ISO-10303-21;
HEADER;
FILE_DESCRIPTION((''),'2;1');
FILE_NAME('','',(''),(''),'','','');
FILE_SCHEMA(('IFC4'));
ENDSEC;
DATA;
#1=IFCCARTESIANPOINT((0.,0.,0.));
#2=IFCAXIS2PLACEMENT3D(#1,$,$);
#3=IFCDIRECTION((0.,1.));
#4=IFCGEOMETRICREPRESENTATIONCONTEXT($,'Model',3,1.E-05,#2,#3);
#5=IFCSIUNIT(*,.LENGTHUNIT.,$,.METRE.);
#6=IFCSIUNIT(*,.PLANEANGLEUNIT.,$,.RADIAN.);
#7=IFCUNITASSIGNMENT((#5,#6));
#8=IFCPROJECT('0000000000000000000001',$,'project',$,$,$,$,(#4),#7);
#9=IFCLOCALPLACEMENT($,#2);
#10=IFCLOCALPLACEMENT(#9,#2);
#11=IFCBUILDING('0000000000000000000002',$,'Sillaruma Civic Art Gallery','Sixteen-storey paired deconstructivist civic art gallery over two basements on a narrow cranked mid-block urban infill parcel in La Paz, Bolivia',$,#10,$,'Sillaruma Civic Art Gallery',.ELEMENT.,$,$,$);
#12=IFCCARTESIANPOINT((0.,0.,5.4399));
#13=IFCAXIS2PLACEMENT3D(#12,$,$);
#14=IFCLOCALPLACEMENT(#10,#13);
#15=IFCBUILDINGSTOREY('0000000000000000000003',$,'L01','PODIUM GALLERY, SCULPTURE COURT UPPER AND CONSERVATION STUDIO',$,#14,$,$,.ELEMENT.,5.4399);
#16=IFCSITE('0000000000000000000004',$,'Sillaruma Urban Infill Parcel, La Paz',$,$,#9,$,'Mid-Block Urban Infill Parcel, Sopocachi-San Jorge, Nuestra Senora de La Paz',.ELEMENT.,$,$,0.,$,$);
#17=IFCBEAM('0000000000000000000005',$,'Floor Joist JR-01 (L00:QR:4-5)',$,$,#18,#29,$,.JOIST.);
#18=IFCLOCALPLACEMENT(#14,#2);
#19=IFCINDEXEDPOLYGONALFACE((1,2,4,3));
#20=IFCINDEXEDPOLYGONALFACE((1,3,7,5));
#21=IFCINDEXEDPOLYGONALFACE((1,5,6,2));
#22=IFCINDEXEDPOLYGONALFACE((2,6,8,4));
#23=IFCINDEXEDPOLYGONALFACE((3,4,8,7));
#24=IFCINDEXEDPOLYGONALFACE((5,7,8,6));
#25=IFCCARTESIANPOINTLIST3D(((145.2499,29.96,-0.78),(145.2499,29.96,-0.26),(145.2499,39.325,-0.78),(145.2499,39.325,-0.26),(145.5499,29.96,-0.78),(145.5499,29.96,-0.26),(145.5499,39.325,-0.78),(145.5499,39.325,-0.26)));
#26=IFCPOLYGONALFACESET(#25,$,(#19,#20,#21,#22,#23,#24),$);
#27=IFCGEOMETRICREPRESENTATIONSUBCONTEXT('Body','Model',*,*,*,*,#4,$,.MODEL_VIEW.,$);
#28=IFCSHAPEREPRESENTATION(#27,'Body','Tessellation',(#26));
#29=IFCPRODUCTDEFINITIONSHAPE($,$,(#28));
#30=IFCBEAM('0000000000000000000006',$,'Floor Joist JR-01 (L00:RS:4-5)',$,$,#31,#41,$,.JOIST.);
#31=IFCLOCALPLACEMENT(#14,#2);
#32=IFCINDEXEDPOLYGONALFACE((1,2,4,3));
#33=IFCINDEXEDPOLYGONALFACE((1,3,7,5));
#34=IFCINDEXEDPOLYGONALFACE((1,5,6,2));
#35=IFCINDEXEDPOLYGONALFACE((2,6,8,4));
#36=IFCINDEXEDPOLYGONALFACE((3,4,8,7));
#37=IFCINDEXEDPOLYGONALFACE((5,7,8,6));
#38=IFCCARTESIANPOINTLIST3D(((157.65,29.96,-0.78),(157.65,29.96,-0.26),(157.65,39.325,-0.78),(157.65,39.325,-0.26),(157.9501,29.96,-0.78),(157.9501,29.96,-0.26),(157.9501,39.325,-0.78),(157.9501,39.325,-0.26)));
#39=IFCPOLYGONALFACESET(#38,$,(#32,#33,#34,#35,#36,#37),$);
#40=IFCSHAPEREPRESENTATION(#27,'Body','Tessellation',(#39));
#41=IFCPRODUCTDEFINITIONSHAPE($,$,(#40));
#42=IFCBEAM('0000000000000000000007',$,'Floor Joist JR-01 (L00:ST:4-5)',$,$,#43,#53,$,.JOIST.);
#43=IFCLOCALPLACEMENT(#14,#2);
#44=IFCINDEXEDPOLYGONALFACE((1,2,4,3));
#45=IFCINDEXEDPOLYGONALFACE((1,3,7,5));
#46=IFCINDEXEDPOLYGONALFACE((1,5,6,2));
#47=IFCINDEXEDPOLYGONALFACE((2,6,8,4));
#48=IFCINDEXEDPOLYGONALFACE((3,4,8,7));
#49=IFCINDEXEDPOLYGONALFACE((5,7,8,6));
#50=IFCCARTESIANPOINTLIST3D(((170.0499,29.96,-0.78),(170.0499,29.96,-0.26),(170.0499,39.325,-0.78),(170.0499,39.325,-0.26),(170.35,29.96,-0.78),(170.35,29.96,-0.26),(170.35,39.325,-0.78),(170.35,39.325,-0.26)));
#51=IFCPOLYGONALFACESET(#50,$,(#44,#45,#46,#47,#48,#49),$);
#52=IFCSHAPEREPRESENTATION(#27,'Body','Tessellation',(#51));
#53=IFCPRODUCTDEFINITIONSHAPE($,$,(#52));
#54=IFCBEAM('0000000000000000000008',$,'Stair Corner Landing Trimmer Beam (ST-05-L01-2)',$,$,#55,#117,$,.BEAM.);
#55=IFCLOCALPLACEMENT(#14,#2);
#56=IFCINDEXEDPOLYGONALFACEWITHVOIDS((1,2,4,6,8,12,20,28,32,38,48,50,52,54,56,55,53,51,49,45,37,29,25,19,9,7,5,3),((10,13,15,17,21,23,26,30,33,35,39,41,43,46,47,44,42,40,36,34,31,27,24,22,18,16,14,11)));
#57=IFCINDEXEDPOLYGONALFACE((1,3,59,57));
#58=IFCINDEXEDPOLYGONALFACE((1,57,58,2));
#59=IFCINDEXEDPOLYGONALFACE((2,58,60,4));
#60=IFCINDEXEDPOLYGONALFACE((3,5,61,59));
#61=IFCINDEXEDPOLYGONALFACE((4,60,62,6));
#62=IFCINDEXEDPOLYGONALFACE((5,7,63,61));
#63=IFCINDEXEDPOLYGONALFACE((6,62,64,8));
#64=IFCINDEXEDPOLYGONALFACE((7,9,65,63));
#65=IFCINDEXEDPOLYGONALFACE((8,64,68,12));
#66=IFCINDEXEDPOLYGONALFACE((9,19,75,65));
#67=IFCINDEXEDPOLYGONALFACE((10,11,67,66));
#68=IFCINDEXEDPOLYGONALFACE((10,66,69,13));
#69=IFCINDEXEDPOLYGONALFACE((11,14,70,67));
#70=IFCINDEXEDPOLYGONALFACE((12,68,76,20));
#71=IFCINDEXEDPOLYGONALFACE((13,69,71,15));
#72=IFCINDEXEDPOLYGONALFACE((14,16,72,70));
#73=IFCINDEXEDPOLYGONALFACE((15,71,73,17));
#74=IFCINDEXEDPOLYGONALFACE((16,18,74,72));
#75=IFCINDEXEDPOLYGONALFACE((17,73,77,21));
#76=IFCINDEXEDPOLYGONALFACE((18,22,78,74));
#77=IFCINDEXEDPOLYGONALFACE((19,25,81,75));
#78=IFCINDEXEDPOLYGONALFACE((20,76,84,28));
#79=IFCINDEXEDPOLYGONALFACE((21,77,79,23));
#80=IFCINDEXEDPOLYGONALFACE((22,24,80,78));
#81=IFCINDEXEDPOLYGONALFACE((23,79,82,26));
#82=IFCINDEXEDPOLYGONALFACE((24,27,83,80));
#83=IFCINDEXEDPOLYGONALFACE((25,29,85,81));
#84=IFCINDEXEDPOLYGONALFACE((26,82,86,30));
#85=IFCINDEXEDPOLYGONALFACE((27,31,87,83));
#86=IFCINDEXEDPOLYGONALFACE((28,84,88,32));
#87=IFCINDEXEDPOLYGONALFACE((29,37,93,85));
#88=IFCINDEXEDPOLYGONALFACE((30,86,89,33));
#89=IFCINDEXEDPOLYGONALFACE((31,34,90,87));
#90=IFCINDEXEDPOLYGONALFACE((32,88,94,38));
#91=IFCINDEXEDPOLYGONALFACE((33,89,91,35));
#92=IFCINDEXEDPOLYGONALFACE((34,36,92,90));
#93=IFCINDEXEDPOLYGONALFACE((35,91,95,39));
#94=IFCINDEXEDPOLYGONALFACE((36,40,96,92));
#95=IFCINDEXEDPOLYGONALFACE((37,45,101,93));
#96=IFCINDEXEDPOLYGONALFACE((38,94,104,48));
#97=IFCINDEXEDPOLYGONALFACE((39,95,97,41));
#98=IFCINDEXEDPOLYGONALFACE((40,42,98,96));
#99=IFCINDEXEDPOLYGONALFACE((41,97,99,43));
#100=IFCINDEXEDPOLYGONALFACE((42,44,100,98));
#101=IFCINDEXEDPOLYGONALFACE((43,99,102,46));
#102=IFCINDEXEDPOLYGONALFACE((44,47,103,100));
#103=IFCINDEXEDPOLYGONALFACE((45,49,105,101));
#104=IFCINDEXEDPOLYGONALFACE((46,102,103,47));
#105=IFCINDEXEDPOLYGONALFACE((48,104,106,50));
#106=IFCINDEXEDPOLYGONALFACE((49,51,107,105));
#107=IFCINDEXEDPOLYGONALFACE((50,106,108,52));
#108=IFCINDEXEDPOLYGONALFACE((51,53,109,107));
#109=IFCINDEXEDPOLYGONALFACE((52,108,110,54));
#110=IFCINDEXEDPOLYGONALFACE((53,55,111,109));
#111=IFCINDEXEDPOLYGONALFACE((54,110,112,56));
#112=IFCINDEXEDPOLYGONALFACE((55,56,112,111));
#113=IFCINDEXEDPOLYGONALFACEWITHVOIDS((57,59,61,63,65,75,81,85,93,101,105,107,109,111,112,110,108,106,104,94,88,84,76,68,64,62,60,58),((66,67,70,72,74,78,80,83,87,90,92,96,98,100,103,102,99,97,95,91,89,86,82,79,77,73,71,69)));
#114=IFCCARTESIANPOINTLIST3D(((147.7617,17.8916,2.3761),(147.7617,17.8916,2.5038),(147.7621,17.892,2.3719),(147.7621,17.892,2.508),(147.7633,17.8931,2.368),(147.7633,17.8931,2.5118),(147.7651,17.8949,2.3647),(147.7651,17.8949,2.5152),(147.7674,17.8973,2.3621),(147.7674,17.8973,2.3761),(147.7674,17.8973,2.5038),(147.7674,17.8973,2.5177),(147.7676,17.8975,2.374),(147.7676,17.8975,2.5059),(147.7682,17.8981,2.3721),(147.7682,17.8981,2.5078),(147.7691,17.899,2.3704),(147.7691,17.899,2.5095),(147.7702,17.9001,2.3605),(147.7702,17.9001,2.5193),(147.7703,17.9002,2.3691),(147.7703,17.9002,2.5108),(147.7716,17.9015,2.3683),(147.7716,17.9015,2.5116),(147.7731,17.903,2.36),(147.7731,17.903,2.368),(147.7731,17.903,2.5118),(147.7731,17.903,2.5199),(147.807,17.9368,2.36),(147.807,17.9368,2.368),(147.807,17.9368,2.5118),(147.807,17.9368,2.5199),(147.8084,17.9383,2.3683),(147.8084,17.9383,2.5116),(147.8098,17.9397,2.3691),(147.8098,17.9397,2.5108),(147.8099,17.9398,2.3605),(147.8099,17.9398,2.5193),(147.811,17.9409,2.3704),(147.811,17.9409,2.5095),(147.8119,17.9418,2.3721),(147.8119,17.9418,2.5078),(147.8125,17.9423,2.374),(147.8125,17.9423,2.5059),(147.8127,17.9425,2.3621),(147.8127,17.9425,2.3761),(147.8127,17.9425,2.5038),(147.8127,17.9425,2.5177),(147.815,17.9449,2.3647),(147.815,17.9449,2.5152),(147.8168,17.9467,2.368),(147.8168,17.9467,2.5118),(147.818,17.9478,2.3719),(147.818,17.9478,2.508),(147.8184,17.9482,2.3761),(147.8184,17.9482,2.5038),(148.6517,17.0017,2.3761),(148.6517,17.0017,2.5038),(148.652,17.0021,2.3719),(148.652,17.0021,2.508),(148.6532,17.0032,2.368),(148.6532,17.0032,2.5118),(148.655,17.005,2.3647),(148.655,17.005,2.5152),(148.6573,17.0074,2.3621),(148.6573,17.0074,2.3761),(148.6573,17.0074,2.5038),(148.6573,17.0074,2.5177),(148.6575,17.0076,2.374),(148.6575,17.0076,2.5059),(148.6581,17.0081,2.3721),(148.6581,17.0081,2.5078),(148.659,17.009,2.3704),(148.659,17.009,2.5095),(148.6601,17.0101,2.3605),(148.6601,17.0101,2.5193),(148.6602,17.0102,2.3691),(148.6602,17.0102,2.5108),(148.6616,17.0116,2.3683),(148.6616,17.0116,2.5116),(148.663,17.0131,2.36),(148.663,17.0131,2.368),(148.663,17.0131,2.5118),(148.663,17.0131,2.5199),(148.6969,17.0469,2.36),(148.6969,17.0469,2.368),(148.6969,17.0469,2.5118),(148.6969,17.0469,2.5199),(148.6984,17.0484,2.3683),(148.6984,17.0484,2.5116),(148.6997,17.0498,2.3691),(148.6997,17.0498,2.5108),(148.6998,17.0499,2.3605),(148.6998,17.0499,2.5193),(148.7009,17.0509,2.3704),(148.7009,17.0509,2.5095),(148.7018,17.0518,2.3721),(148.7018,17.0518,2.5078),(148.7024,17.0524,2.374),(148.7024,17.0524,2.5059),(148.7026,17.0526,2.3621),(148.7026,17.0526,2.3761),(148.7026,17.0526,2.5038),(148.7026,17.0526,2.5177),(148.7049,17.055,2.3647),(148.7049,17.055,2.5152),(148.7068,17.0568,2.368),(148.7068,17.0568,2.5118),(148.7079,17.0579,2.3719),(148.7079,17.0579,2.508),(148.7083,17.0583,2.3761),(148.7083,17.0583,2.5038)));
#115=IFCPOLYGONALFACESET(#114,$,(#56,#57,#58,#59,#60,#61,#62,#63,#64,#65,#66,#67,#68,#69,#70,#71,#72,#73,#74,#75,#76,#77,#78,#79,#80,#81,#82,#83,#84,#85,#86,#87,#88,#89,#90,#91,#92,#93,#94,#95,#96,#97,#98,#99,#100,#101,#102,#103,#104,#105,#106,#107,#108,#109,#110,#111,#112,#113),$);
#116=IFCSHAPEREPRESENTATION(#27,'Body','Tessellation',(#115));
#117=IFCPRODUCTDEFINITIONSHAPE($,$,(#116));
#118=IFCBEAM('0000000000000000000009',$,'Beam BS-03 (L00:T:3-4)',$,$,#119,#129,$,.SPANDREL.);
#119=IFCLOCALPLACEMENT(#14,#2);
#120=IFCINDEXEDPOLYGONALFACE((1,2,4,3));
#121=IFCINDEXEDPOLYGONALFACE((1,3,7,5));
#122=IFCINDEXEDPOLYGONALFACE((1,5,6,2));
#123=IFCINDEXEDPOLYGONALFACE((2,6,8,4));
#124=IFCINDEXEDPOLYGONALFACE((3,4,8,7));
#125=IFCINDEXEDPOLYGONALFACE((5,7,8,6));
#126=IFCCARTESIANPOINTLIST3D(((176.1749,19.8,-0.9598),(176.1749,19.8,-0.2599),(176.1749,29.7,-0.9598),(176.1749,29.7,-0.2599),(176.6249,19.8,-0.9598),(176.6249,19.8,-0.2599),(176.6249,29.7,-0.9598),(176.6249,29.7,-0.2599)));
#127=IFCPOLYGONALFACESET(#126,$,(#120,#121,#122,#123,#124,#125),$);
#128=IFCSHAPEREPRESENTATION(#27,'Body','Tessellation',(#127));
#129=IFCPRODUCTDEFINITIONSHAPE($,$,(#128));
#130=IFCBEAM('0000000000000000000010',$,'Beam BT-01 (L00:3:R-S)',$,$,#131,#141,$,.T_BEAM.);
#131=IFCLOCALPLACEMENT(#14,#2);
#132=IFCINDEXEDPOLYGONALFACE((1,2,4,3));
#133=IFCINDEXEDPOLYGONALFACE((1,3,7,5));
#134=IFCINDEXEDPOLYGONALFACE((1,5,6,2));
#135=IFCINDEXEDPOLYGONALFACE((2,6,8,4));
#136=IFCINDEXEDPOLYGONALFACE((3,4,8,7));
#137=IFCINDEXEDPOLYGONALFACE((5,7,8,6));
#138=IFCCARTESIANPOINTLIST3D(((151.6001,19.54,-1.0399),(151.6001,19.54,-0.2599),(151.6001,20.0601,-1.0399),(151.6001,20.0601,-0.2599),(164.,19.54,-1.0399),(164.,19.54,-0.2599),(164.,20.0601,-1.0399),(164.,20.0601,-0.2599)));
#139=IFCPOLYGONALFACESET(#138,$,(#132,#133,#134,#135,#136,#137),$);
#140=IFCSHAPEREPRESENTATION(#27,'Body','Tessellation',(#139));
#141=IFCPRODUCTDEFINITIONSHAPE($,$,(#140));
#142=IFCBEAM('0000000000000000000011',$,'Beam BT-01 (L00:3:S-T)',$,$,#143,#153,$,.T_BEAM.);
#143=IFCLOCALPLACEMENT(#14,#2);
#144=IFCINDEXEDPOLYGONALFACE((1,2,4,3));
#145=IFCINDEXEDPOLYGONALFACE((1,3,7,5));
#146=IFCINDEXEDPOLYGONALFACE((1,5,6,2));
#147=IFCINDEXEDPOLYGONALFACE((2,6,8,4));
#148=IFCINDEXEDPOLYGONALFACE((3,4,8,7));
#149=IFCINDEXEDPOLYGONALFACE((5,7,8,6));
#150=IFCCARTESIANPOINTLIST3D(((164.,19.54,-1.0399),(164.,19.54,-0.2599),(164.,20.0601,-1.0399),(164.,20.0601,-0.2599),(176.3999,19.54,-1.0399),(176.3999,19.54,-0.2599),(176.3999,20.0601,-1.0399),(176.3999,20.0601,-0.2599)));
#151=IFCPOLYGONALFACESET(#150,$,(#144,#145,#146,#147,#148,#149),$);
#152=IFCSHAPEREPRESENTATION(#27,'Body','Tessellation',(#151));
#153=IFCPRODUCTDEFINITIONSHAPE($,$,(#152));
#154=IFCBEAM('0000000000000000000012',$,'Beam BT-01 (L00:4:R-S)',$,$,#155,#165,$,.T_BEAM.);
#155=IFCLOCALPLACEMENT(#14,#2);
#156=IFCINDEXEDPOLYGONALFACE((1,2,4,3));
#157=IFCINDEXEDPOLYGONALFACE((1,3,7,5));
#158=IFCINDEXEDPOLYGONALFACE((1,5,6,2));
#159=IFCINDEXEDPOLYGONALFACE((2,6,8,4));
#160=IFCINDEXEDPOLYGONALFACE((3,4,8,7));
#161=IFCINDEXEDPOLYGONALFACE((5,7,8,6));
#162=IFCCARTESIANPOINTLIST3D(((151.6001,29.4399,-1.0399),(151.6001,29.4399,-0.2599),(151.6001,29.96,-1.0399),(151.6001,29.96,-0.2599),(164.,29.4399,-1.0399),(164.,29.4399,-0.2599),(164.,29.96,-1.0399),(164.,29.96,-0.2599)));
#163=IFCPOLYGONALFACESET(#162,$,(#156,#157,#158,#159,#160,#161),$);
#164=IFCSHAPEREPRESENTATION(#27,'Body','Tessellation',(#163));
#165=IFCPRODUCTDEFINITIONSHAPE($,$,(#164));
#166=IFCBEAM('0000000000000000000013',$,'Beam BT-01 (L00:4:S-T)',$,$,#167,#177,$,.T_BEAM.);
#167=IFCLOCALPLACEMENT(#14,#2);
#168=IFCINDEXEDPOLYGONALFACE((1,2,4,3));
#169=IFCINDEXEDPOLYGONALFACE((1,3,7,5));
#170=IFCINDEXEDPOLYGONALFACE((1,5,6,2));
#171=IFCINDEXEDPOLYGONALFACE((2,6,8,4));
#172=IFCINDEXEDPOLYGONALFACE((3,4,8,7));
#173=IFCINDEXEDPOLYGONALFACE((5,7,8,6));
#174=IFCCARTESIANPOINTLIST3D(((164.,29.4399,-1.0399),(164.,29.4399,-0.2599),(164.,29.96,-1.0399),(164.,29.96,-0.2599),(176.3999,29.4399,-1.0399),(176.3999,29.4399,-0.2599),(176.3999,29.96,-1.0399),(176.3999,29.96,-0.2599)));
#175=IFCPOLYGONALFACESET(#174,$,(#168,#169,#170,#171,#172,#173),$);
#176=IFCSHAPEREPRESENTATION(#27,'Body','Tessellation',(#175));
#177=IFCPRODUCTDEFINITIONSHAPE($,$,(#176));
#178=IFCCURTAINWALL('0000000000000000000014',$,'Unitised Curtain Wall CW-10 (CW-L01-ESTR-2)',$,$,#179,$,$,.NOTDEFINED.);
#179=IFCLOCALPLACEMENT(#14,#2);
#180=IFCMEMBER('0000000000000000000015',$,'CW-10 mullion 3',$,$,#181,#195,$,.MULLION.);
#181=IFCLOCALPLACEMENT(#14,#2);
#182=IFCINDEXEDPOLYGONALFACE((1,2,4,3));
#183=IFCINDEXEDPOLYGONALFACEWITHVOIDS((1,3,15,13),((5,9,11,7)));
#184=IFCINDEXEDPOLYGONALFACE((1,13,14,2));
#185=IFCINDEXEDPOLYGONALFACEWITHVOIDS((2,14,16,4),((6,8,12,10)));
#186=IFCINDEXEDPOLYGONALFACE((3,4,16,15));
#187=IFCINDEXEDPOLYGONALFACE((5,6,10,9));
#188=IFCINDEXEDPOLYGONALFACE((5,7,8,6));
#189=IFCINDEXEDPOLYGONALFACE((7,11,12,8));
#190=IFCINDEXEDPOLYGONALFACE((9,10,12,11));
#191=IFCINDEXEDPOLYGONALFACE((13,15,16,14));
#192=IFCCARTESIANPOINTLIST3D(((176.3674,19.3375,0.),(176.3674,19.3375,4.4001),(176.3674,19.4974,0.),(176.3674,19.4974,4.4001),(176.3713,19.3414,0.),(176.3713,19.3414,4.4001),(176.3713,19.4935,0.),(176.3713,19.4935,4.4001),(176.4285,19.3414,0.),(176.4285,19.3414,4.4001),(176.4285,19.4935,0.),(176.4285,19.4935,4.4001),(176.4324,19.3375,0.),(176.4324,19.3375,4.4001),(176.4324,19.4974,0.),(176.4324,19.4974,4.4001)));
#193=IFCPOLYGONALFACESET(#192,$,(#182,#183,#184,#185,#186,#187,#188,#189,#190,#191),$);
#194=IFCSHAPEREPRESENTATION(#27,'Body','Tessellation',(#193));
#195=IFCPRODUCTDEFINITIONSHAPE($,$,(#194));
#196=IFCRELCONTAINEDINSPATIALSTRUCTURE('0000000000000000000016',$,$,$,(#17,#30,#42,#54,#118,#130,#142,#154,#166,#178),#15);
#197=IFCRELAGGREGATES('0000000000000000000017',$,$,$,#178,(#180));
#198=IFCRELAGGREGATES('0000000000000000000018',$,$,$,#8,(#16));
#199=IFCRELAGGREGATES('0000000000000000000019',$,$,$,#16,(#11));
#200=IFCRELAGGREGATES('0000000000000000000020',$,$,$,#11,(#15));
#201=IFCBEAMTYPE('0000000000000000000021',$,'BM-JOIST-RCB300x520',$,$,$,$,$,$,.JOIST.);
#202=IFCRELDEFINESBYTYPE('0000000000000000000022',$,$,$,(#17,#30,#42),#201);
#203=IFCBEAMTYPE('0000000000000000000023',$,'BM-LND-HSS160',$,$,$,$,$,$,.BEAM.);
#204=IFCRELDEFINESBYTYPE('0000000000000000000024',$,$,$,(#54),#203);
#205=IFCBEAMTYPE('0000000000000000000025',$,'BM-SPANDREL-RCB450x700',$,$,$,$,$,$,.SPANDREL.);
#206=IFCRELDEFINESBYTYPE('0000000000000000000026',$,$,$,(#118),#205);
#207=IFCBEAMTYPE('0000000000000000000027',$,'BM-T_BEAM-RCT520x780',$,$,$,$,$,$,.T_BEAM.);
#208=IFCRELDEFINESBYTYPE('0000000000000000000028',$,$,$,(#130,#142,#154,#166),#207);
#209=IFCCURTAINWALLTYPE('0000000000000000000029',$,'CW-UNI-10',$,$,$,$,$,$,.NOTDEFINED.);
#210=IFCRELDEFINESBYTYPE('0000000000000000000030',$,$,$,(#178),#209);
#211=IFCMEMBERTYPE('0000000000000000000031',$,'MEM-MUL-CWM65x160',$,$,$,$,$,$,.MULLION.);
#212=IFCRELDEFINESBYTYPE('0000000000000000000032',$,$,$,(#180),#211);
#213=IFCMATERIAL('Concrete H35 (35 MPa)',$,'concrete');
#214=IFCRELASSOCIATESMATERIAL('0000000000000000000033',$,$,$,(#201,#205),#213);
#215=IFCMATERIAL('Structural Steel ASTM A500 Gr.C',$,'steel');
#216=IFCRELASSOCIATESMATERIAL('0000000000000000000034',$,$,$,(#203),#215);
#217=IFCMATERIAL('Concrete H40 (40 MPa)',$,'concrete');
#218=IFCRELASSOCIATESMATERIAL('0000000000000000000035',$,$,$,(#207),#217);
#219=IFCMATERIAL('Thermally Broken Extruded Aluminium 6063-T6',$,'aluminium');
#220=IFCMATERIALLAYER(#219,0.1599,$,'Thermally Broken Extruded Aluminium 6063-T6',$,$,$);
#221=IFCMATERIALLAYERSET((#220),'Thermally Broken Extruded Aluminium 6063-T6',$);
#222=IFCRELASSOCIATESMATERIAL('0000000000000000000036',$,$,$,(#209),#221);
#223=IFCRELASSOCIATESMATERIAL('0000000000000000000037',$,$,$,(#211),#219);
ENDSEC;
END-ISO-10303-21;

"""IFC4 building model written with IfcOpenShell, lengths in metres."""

from ifc_helpers import new_model, si_unit, direction, frame, origin, origin_2d, place, context, subcontext, project, spatial, rectangle, hollow_rectangle, extrude, material, layer, layer_set, material_profile, profile_set, type_object, element, aggregate, save


model = new_model("IFC4")

# Units and contexts
model_context = context("Model", 3, precision=1e-05, world=origin(), true_north=direction((0.0, 1.0)))
body_context = subcontext(model_context, "Body", "Model", "MODEL_VIEW")
ifc_project = project(units=[si_unit("LENGTHUNIT", "METRE"), si_unit("PLANEANGLEUNIT", "RADIAN")], contexts=[model_context])

# Site, building, storey
site_placement = place(None, origin())
site = spatial("IfcSite", under=ifc_project, at=site_placement, Name="Sillaruma Urban Infill Parcel, La Paz", LongName="Mid-Block Urban Infill Parcel, Sopocachi-San Jorge, Nuestra Senora de La Paz", CompositionType="ELEMENT", RefElevation=0.0)
building_placement = place(site_placement, origin())
building = spatial("IfcBuilding", under=site, at=building_placement, Name="Sillaruma Civic Art Gallery", Description="Sixteen-storey paired deconstructivist civic art gallery over two basements on a narrow cranked mid-block urban infill parcel in La Paz, Bolivia", LongName="Sillaruma Civic Art Gallery", CompositionType="ELEMENT")
storey_placement = place(building_placement, frame((0.0, 0.0, 5.4399)))
storey = spatial("IfcBuildingStorey", under=building, at=storey_placement, Name="L01", Description="PODIUM GALLERY, SCULPTURE COURT UPPER AND CONSERVATION STUDIO", CompositionType="ELEMENT", Elevation=5.4399)

# Shared definitions
ifc_material_1 = material(Name="Concrete H40 (40 MPa)", Category="concrete")

# Beams
ifc_material_2 = material(Name="Concrete H35 (35 MPa)", Category="concrete")
ifc_material_profile_1 = material_profile(ifc_material_2, rectangle(XDim=0.3, YDim=0.52, at=origin_2d()), Name="RCB300x520")
ifc_profile_set_1 = profile_set([ifc_material_profile_1], Name="Concrete H35 (35 MPa)")
beam_type_1 = type_object("IfcBeamType", Name="BM-JOIST-RCB300x520", PredefinedType="JOIST", material=ifc_profile_set_1)
for number, where, z_axis, x_axis, name in (
    (1, (145.3999, 29.96, -0.52), (0.0, 1.0, 0.0), (-1.0, 0.0, 0.0), "Floor Joist JR-01 (L00:QR:4-5)"),
    (2, (157.8, 29.96, -0.52), (0.0, 1.0, 0.0), (-1.0, 0.0, 0.0), "Floor Joist JR-01 (L00:RS:4-5)"),
    (3, (170.2, 29.96, -0.52), (0.0, 1.0, 0.0), (-1.0, 0.0, 0.0), "Floor Joist JR-01 (L00:ST:4-5)"),
):
    element("IfcBeam", number, at=place(storey_placement, frame(where, z_axis=z_axis, x_axis=x_axis)), inside=storey, type_object=beam_type_1, Name=name, PredefinedType="JOIST", context=body_context, shape_type="SweptSolid", body=[
        extrude(rectangle(XDim=0.3, YDim=0.52, at=origin_2d()), origin(), (0.0, 0.0, 1.0), 9.365),
    ])
ifc_material_3 = material(Name="Structural Steel ASTM A500 Gr.C", Category="steel")
ifc_material_profile_2 = material_profile(ifc_material_3, hollow_rectangle(XDim=0.0801, YDim=0.1599, WallThickness=0.0081, InnerFilletRadius=0.0081, OuterFilletRadius=0.0161, at=origin_2d()), Name="HSS160x80x8")
ifc_profile_set_2 = profile_set([ifc_material_profile_2], Name="Structural Steel ASTM A500 Gr.C")
beam_type_2 = type_object("IfcBeamType", Name="BM-LND-HSS160", PredefinedType="BEAM", material=ifc_profile_set_2)
beam_1_placement = place(storey_placement, frame((147.79, 17.9199, 2.4399), z_axis=(0.707107, -0.707107, 0.0), x_axis=(0.707107, 0.707107, 0.0)))
element("IfcBeam", 4, at=beam_1_placement, inside=storey, type_object=beam_type_2, Name="Stair Corner Landing Trimmer Beam (ST-05-L01-2)", PredefinedType="BEAM", context=body_context, shape_type="SweptSolid", body=[
    extrude(hollow_rectangle(XDim=0.0801, YDim=0.1599, WallThickness=0.0081, InnerFilletRadius=0.0081, OuterFilletRadius=0.0161, at=origin_2d()), origin(), (0.0, 0.0, 1.0), 1.2585),
])
ifc_material_profile_3 = material_profile(ifc_material_2, rectangle(XDim=0.45, YDim=0.7, at=origin_2d()), Name="RCB450x700")
ifc_profile_set_3 = profile_set([ifc_material_profile_3], Name="Concrete H35 (35 MPa)")
beam_type_3 = type_object("IfcBeamType", Name="BM-SPANDREL-RCB450x700", PredefinedType="SPANDREL", material=ifc_profile_set_3)
beam_2_placement = place(storey_placement, frame((176.3999, 19.8, -0.6099), z_axis=(0.0, 1.0, 0.0), x_axis=(-1.0, 0.0, 0.0)))
element("IfcBeam", 5, at=beam_2_placement, inside=storey, type_object=beam_type_3, Name="Beam BS-03 (L00:T:3-4)", PredefinedType="SPANDREL", context=body_context, shape_type="SweptSolid", body=[
    extrude(rectangle(XDim=0.45, YDim=0.7, at=origin_2d()), origin(), (0.0, 0.0, 1.0), 9.8999),
])
ifc_material_profile_4 = material_profile(ifc_material_1, rectangle(XDim=0.52, YDim=0.78, at=origin_2d()), Name="RCT520x780")
ifc_profile_set_4 = profile_set([ifc_material_profile_4], Name="Concrete H40 (40 MPa)")
beam_type_4 = type_object("IfcBeamType", Name="BM-T_BEAM-RCT520x780", PredefinedType="T_BEAM", material=ifc_profile_set_4)
for number, where, z_axis, x_axis, name in (
    (6, (151.6001, 19.8, -0.6499), (1.0, 0.0, 0.0), (0.0, 1.0, 0.0), "Beam BT-01 (L00:3:R-S)"),
    (7, (164.0, 19.8, -0.6499), (1.0, 0.0, 0.0), (0.0, 1.0, 0.0), "Beam BT-01 (L00:3:S-T)"),
    (8, (151.6001, 29.7, -0.6499), (1.0, 0.0, 0.0), (0.0, 1.0, 0.0), "Beam BT-01 (L00:4:R-S)"),
    (9, (164.0, 29.7, -0.6499), (1.0, 0.0, 0.0), (0.0, 1.0, 0.0), "Beam BT-01 (L00:4:S-T)"),
):
    element("IfcBeam", number, at=place(storey_placement, frame(where, z_axis=z_axis, x_axis=x_axis)), inside=storey, type_object=beam_type_4, Name=name, PredefinedType="T_BEAM", context=body_context, shape_type="SweptSolid", body=[
        extrude(rectangle(XDim=0.52, YDim=0.78, at=origin_2d()), origin(), (0.0, 0.0, 1.0), 12.3999),
    ])

# Curtain wall, member
ifc_material_4 = material(Name="Thermally Broken Extruded Aluminium 6063-T6", Category="aluminium")
ifc_layer_1 = layer(ifc_material_4, 0.1599, Name="Thermally Broken Extruded Aluminium 6063-T6")
ifc_layer_set_1 = layer_set([ifc_layer_1], Name="Thermally Broken Extruded Aluminium 6063-T6")
curtain_wall_type = type_object("IfcCurtainWallType", Name="CW-UNI-10", PredefinedType="NOTDEFINED", material=ifc_layer_set_1)
curtain_wall_placement = place(storey_placement, origin())
curtain_wall = element("IfcCurtainWall", 10, at=curtain_wall_placement, inside=storey, type_object=curtain_wall_type, Name="Unitised Curtain Wall CW-10 (CW-L01-ESTR-2)", PredefinedType="NOTDEFINED")
ifc_material_profile_5 = material_profile(ifc_material_4, hollow_rectangle(XDim=0.0649, YDim=0.1599, WallThickness=0.0039, at=origin_2d()), Name="CWM65x160")
ifc_profile_set_5 = profile_set([ifc_material_profile_5], Name="Thermally Broken Extruded Aluminium 6063-T6")
member_type = type_object("IfcMemberType", Name="MEM-MUL-CWM65x160", PredefinedType="MULLION", material=ifc_profile_set_5)
member_placement = place(storey_placement, frame((176.3999, 19.4175, 0.0), z_axis=(0.0, 0.0, 1.0), x_axis=(-1.0, 0.0, 0.0)))
member = element("IfcMember", 11, at=member_placement, type_object=member_type, Name="CW-10 mullion 3", PredefinedType="MULLION", context=body_context, shape_type="SweptSolid", body=[
    extrude(hollow_rectangle(XDim=0.0649, YDim=0.1599, WallThickness=0.0039, at=origin_2d()), origin(), (0.0, 0.0, 1.0), 4.4001),
])
aggregate(curtain_wall, [member])

save(model, "model.ifc")
